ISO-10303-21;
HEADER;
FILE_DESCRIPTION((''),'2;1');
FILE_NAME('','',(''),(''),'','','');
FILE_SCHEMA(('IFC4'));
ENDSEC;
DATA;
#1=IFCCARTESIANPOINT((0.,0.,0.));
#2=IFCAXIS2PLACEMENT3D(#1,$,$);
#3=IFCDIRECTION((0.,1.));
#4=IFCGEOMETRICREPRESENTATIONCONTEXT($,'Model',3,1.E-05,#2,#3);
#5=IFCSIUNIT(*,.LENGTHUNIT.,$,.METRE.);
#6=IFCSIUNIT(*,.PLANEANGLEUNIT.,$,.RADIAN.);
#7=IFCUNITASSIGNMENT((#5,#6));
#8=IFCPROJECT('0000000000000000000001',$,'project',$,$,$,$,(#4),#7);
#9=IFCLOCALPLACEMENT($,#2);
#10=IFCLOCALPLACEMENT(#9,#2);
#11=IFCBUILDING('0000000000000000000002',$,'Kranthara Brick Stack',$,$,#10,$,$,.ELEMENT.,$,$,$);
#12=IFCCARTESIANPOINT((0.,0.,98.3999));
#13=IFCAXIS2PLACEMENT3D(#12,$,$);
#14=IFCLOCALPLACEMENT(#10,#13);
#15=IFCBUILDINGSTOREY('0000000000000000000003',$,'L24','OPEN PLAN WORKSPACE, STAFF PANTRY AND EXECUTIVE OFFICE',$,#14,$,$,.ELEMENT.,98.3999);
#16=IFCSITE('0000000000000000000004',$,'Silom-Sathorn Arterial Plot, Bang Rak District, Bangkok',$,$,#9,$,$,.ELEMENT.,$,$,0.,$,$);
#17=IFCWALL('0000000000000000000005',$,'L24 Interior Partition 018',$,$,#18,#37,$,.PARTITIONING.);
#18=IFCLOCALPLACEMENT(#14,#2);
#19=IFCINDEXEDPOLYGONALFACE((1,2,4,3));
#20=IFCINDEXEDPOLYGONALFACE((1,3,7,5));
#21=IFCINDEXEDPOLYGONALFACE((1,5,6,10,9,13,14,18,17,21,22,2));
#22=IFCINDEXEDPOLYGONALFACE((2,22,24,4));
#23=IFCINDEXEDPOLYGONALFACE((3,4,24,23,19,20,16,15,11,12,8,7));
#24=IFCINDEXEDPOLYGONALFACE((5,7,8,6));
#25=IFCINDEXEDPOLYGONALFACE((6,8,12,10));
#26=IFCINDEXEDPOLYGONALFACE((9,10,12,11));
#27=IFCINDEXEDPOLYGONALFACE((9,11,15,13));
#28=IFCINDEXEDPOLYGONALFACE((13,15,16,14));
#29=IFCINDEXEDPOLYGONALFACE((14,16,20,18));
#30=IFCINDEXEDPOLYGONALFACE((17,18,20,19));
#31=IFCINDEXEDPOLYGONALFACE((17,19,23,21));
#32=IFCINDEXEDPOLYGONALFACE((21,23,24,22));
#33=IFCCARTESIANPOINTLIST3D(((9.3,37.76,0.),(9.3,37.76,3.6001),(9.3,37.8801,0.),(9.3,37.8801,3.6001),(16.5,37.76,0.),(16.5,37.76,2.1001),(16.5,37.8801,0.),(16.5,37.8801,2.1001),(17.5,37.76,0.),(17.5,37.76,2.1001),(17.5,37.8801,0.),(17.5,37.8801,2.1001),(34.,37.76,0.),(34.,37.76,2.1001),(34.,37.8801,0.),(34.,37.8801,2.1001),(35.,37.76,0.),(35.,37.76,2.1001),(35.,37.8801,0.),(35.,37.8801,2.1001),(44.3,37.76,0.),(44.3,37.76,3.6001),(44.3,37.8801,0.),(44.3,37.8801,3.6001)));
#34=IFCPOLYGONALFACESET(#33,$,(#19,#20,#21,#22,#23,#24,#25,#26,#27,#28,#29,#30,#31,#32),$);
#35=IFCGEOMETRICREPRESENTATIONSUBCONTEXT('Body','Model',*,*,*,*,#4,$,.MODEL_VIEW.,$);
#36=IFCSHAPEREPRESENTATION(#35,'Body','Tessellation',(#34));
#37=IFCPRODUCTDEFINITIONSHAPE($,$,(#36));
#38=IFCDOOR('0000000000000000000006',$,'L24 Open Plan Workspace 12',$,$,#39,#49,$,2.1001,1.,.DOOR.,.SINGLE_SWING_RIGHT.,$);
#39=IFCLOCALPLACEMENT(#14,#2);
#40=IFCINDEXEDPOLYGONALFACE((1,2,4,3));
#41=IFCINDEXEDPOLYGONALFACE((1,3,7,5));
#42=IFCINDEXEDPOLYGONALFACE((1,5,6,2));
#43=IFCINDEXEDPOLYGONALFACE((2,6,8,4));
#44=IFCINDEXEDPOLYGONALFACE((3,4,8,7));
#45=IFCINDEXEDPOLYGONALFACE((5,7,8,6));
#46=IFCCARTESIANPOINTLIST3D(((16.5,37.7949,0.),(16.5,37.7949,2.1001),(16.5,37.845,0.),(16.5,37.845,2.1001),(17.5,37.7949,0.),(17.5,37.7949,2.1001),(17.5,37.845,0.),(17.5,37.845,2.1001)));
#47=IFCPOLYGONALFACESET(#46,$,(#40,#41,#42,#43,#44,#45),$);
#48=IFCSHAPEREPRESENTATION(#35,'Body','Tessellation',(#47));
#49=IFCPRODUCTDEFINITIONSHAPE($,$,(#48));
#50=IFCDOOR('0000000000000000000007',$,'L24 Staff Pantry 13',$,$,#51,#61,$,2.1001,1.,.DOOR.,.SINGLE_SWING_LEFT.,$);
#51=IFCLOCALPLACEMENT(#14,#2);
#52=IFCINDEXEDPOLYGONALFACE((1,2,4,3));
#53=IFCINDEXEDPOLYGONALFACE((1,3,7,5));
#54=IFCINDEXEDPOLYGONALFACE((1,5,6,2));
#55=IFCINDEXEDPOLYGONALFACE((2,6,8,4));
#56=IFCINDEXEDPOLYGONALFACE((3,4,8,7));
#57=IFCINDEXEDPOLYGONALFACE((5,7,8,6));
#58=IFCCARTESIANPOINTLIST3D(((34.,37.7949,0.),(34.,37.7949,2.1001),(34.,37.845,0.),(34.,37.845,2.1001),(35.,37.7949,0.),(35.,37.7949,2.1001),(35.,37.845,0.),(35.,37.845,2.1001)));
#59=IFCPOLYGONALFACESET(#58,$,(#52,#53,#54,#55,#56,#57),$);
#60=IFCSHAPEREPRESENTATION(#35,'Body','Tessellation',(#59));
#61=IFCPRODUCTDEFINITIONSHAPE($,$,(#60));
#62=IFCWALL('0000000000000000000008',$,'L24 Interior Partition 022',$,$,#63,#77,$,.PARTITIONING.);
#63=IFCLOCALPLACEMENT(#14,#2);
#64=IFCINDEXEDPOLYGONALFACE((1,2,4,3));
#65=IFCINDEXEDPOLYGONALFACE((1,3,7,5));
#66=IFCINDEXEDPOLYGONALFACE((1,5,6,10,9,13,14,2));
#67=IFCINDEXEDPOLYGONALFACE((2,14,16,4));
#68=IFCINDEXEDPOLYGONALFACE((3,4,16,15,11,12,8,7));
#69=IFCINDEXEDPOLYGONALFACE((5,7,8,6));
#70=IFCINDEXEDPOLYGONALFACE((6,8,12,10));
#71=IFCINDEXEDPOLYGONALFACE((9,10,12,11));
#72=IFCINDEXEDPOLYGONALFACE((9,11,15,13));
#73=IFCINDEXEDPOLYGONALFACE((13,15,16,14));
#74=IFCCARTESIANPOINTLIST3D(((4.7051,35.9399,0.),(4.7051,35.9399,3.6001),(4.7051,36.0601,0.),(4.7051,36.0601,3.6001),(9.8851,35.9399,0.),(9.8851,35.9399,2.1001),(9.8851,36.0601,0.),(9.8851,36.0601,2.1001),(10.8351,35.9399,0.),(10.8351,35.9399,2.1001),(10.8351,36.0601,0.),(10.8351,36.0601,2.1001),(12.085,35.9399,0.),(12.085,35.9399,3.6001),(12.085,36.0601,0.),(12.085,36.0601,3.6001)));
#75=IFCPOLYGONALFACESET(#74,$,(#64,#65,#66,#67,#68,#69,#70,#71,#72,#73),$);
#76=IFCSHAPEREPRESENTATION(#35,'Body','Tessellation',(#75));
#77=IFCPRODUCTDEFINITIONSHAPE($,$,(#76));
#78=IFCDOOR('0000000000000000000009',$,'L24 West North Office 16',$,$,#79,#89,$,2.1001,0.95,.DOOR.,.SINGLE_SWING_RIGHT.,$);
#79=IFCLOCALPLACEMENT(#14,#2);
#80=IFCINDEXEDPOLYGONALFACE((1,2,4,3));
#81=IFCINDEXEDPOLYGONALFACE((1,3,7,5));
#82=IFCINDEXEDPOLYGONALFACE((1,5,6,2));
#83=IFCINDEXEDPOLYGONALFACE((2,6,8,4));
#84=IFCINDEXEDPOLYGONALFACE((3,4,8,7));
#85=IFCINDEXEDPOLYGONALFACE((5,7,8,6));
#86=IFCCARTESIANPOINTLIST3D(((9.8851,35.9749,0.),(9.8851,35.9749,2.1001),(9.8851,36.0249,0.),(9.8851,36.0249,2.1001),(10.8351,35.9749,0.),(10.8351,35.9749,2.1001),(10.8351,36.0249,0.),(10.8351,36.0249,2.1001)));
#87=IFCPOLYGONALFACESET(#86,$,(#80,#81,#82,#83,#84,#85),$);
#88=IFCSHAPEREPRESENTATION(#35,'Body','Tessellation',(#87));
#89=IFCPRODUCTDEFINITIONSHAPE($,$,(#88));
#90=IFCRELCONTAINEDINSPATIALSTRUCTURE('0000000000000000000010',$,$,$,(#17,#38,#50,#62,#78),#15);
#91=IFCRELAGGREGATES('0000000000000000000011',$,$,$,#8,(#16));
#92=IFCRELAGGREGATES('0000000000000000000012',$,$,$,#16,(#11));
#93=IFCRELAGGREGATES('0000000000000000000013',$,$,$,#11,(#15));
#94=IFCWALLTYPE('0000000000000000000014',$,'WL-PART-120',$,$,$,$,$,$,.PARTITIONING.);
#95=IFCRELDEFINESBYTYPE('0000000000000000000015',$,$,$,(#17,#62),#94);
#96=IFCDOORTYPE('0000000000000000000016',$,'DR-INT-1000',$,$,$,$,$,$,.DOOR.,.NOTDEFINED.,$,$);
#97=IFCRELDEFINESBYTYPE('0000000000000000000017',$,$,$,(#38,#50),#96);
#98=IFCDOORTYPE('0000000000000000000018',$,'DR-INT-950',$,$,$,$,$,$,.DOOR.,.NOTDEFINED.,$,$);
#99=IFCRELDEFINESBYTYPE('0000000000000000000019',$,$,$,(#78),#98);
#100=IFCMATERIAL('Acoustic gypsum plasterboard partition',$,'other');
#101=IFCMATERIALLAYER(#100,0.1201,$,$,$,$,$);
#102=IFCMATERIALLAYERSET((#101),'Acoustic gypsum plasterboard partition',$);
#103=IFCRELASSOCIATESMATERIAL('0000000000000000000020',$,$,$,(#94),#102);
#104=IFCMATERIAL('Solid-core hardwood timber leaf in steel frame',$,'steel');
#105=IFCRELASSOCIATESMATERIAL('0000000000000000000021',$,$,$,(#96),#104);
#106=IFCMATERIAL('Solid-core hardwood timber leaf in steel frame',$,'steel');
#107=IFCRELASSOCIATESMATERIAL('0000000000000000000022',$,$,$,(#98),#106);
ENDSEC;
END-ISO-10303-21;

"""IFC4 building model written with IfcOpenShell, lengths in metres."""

from ifc_helpers import new_model, si_unit, direction, frame, frame_2d, origin, place, context, subcontext, project, spatial, rectangle, extrude, material, layer, layer_set, type_object, element, fill, save


model = new_model("IFC4")

# Units and contexts
model_context = context("Model", 3, precision=1e-05, world=origin(), true_north=direction((0.0, 1.0)))
body_context = subcontext(model_context, "Body", "Model", "MODEL_VIEW")
ifc_project = project(units=[si_unit("LENGTHUNIT", "METRE"), si_unit("PLANEANGLEUNIT", "RADIAN")], contexts=[model_context])

# Site, building, storey
site_placement = place(None, origin())
site = spatial("IfcSite", under=ifc_project, at=site_placement, Name="Silom-Sathorn Arterial Plot, Bang Rak District, Bangkok", CompositionType="ELEMENT", RefElevation=0.0)
building_placement = place(site_placement, origin())
building = spatial("IfcBuilding", under=site, at=building_placement, Name="Kranthara Brick Stack", CompositionType="ELEMENT")
storey_placement = place(building_placement, frame((0.0, 0.0, 98.3999)))
storey = spatial("IfcBuildingStorey", under=building, at=storey_placement, Name="L24", Description="OPEN PLAN WORKSPACE, STAFF PANTRY AND EXECUTIVE OFFICE", CompositionType="ELEMENT", Elevation=98.3999)

# Wall, openings, doors
ifc_material_1 = material(Name="Acoustic gypsum plasterboard partition", Category="other")
ifc_layer_1 = layer(ifc_material_1, 0.1201)
ifc_layer_set_1 = layer_set([ifc_layer_1], Name="Acoustic gypsum plasterboard partition")
wall_type_1 = type_object("IfcWallType", Name="WL-PART-120", PredefinedType="PARTITIONING", material=ifc_layer_set_1)
wall_1_placement = place(storey_placement, frame((9.3, 37.8201, 0.0), z_axis=(0.0, 0.0, 1.0), x_axis=(1.0, 0.0, 0.0)))
wall_1 = element("IfcWall", 1, at=wall_1_placement, inside=storey, type_object=wall_type_1, Name="L24 Interior Partition 018", PredefinedType="PARTITIONING", context=body_context, shape_type="SweptSolid", body=[
    extrude(rectangle(XDim=35.0, YDim=0.1201, at=frame_2d((17.5, 0.0))), origin(), (0.0, 0.0, 1.0), 3.6001),
])
opening_1_placement = place(wall_1_placement, frame((7.2, 0.0, 0.0)))
opening_1 = element("IfcOpeningElement", 2, at=opening_1_placement, cuts=wall_1, PredefinedType="OPENING", context=body_context, shape_type="SweptSolid", body=[
    extrude(rectangle(XDim=1.0, YDim=2.1001, at=frame_2d((0.5, 1.05))), frame((0.0, 0.0701, 0.0), z_axis=(0.0, -1.0, 0.0), x_axis=(1.0, 0.0, 0.0)), (0.0, 0.0, 1.0), 0.1401),
])
opening_2_placement = place(wall_1_placement, frame((24.7, 0.0, 0.0)))
opening_2 = element("IfcOpeningElement", 3, at=opening_2_placement, cuts=wall_1, PredefinedType="OPENING", context=body_context, shape_type="SweptSolid", body=[
    extrude(rectangle(XDim=1.0, YDim=2.1001, at=frame_2d((0.5, 1.05))), frame((0.0, 0.0701, 0.0), z_axis=(0.0, -1.0, 0.0), x_axis=(1.0, 0.0, 0.0)), (0.0, 0.0, 1.0), 0.1401),
])
ifc_material_2 = material(Name="Solid-core hardwood timber leaf in steel frame", Category="steel")
door_type_1 = type_object("IfcDoorType", Name="DR-INT-1000", OperationType="NOTDEFINED", PredefinedType="DOOR", material=ifc_material_2)
door_1_placement = place(opening_1_placement, origin())
door_1 = element("IfcDoor", 4, at=door_1_placement, inside=storey, type_object=door_type_1, Name="L24 Open Plan Workspace 12", OperationType="SINGLE_SWING_RIGHT", OverallHeight=2.1001, OverallWidth=1.0, PredefinedType="DOOR", context=body_context, shape_type="SweptSolid", body=[
    extrude(rectangle(XDim=1.0, YDim=2.1001, at=frame_2d((0.5, 1.05))), frame((0.0, 0.0249, 0.0), z_axis=(0.0, -1.0, 0.0), x_axis=(1.0, 0.0, 0.0)), (0.0, 0.0, 1.0), 0.05),
])
fill(opening_1, door_1)
door_2_placement = place(opening_2_placement, origin())
door_2 = element("IfcDoor", 5, at=door_2_placement, inside=storey, type_object=door_type_1, Name="L24 Staff Pantry 13", OperationType="SINGLE_SWING_LEFT", OverallHeight=2.1001, OverallWidth=1.0, PredefinedType="DOOR", context=body_context, shape_type="SweptSolid", body=[
    extrude(rectangle(XDim=1.0, YDim=2.1001, at=frame_2d((0.5, 1.05))), frame((0.0, 0.0249, 0.0), z_axis=(0.0, -1.0, 0.0), x_axis=(1.0, 0.0, 0.0)), (0.0, 0.0, 1.0), 0.05),
])
fill(opening_2, door_2)

# Wall, opening, door
wall_2_placement = place(storey_placement, frame((4.7051, 36.0, 0.0), z_axis=(0.0, 0.0, 1.0), x_axis=(1.0, 0.0, 0.0)))
wall_2 = element("IfcWall", 6, at=wall_2_placement, inside=storey, type_object=wall_type_1, Name="L24 Interior Partition 022", PredefinedType="PARTITIONING", context=body_context, shape_type="SweptSolid", body=[
    extrude(rectangle(XDim=7.3799, YDim=0.1201, at=frame_2d((3.6899, 0.0))), origin(), (0.0, 0.0, 1.0), 3.6001),
])
opening_3_placement = place(wall_2_placement, frame((5.1799, 0.0, 0.0)))
opening_3 = element("IfcOpeningElement", 7, at=opening_3_placement, cuts=wall_2, PredefinedType="OPENING", context=body_context, shape_type="SweptSolid", body=[
    extrude(rectangle(XDim=0.95, YDim=2.1001, at=frame_2d((0.4751, 1.05))), frame((0.0, 0.0701, 0.0), z_axis=(0.0, -1.0, 0.0), x_axis=(1.0, 0.0, 0.0)), (0.0, 0.0, 1.0), 0.1401),
])
ifc_material_3 = material(Name="Solid-core hardwood timber leaf in steel frame", Category="steel")
door_type_2 = type_object("IfcDoorType", Name="DR-INT-950", OperationType="NOTDEFINED", PredefinedType="DOOR", material=ifc_material_3)
door_3_placement = place(opening_3_placement, origin())
door_3 = element("IfcDoor", 8, at=door_3_placement, inside=storey, type_object=door_type_2, Name="L24 West North Office 16", OperationType="SINGLE_SWING_RIGHT", OverallHeight=2.1001, OverallWidth=0.95, PredefinedType="DOOR", context=body_context, shape_type="SweptSolid", body=[
    extrude(rectangle(XDim=0.95, YDim=2.1001, at=frame_2d((0.4751, 1.05))), frame((0.0, 0.0249, 0.0), z_axis=(0.0, -1.0, 0.0), x_axis=(1.0, 0.0, 0.0)), (0.0, 0.0, 1.0), 0.05),
])
fill(opening_3, door_3)

save(model, "model.ifc")
